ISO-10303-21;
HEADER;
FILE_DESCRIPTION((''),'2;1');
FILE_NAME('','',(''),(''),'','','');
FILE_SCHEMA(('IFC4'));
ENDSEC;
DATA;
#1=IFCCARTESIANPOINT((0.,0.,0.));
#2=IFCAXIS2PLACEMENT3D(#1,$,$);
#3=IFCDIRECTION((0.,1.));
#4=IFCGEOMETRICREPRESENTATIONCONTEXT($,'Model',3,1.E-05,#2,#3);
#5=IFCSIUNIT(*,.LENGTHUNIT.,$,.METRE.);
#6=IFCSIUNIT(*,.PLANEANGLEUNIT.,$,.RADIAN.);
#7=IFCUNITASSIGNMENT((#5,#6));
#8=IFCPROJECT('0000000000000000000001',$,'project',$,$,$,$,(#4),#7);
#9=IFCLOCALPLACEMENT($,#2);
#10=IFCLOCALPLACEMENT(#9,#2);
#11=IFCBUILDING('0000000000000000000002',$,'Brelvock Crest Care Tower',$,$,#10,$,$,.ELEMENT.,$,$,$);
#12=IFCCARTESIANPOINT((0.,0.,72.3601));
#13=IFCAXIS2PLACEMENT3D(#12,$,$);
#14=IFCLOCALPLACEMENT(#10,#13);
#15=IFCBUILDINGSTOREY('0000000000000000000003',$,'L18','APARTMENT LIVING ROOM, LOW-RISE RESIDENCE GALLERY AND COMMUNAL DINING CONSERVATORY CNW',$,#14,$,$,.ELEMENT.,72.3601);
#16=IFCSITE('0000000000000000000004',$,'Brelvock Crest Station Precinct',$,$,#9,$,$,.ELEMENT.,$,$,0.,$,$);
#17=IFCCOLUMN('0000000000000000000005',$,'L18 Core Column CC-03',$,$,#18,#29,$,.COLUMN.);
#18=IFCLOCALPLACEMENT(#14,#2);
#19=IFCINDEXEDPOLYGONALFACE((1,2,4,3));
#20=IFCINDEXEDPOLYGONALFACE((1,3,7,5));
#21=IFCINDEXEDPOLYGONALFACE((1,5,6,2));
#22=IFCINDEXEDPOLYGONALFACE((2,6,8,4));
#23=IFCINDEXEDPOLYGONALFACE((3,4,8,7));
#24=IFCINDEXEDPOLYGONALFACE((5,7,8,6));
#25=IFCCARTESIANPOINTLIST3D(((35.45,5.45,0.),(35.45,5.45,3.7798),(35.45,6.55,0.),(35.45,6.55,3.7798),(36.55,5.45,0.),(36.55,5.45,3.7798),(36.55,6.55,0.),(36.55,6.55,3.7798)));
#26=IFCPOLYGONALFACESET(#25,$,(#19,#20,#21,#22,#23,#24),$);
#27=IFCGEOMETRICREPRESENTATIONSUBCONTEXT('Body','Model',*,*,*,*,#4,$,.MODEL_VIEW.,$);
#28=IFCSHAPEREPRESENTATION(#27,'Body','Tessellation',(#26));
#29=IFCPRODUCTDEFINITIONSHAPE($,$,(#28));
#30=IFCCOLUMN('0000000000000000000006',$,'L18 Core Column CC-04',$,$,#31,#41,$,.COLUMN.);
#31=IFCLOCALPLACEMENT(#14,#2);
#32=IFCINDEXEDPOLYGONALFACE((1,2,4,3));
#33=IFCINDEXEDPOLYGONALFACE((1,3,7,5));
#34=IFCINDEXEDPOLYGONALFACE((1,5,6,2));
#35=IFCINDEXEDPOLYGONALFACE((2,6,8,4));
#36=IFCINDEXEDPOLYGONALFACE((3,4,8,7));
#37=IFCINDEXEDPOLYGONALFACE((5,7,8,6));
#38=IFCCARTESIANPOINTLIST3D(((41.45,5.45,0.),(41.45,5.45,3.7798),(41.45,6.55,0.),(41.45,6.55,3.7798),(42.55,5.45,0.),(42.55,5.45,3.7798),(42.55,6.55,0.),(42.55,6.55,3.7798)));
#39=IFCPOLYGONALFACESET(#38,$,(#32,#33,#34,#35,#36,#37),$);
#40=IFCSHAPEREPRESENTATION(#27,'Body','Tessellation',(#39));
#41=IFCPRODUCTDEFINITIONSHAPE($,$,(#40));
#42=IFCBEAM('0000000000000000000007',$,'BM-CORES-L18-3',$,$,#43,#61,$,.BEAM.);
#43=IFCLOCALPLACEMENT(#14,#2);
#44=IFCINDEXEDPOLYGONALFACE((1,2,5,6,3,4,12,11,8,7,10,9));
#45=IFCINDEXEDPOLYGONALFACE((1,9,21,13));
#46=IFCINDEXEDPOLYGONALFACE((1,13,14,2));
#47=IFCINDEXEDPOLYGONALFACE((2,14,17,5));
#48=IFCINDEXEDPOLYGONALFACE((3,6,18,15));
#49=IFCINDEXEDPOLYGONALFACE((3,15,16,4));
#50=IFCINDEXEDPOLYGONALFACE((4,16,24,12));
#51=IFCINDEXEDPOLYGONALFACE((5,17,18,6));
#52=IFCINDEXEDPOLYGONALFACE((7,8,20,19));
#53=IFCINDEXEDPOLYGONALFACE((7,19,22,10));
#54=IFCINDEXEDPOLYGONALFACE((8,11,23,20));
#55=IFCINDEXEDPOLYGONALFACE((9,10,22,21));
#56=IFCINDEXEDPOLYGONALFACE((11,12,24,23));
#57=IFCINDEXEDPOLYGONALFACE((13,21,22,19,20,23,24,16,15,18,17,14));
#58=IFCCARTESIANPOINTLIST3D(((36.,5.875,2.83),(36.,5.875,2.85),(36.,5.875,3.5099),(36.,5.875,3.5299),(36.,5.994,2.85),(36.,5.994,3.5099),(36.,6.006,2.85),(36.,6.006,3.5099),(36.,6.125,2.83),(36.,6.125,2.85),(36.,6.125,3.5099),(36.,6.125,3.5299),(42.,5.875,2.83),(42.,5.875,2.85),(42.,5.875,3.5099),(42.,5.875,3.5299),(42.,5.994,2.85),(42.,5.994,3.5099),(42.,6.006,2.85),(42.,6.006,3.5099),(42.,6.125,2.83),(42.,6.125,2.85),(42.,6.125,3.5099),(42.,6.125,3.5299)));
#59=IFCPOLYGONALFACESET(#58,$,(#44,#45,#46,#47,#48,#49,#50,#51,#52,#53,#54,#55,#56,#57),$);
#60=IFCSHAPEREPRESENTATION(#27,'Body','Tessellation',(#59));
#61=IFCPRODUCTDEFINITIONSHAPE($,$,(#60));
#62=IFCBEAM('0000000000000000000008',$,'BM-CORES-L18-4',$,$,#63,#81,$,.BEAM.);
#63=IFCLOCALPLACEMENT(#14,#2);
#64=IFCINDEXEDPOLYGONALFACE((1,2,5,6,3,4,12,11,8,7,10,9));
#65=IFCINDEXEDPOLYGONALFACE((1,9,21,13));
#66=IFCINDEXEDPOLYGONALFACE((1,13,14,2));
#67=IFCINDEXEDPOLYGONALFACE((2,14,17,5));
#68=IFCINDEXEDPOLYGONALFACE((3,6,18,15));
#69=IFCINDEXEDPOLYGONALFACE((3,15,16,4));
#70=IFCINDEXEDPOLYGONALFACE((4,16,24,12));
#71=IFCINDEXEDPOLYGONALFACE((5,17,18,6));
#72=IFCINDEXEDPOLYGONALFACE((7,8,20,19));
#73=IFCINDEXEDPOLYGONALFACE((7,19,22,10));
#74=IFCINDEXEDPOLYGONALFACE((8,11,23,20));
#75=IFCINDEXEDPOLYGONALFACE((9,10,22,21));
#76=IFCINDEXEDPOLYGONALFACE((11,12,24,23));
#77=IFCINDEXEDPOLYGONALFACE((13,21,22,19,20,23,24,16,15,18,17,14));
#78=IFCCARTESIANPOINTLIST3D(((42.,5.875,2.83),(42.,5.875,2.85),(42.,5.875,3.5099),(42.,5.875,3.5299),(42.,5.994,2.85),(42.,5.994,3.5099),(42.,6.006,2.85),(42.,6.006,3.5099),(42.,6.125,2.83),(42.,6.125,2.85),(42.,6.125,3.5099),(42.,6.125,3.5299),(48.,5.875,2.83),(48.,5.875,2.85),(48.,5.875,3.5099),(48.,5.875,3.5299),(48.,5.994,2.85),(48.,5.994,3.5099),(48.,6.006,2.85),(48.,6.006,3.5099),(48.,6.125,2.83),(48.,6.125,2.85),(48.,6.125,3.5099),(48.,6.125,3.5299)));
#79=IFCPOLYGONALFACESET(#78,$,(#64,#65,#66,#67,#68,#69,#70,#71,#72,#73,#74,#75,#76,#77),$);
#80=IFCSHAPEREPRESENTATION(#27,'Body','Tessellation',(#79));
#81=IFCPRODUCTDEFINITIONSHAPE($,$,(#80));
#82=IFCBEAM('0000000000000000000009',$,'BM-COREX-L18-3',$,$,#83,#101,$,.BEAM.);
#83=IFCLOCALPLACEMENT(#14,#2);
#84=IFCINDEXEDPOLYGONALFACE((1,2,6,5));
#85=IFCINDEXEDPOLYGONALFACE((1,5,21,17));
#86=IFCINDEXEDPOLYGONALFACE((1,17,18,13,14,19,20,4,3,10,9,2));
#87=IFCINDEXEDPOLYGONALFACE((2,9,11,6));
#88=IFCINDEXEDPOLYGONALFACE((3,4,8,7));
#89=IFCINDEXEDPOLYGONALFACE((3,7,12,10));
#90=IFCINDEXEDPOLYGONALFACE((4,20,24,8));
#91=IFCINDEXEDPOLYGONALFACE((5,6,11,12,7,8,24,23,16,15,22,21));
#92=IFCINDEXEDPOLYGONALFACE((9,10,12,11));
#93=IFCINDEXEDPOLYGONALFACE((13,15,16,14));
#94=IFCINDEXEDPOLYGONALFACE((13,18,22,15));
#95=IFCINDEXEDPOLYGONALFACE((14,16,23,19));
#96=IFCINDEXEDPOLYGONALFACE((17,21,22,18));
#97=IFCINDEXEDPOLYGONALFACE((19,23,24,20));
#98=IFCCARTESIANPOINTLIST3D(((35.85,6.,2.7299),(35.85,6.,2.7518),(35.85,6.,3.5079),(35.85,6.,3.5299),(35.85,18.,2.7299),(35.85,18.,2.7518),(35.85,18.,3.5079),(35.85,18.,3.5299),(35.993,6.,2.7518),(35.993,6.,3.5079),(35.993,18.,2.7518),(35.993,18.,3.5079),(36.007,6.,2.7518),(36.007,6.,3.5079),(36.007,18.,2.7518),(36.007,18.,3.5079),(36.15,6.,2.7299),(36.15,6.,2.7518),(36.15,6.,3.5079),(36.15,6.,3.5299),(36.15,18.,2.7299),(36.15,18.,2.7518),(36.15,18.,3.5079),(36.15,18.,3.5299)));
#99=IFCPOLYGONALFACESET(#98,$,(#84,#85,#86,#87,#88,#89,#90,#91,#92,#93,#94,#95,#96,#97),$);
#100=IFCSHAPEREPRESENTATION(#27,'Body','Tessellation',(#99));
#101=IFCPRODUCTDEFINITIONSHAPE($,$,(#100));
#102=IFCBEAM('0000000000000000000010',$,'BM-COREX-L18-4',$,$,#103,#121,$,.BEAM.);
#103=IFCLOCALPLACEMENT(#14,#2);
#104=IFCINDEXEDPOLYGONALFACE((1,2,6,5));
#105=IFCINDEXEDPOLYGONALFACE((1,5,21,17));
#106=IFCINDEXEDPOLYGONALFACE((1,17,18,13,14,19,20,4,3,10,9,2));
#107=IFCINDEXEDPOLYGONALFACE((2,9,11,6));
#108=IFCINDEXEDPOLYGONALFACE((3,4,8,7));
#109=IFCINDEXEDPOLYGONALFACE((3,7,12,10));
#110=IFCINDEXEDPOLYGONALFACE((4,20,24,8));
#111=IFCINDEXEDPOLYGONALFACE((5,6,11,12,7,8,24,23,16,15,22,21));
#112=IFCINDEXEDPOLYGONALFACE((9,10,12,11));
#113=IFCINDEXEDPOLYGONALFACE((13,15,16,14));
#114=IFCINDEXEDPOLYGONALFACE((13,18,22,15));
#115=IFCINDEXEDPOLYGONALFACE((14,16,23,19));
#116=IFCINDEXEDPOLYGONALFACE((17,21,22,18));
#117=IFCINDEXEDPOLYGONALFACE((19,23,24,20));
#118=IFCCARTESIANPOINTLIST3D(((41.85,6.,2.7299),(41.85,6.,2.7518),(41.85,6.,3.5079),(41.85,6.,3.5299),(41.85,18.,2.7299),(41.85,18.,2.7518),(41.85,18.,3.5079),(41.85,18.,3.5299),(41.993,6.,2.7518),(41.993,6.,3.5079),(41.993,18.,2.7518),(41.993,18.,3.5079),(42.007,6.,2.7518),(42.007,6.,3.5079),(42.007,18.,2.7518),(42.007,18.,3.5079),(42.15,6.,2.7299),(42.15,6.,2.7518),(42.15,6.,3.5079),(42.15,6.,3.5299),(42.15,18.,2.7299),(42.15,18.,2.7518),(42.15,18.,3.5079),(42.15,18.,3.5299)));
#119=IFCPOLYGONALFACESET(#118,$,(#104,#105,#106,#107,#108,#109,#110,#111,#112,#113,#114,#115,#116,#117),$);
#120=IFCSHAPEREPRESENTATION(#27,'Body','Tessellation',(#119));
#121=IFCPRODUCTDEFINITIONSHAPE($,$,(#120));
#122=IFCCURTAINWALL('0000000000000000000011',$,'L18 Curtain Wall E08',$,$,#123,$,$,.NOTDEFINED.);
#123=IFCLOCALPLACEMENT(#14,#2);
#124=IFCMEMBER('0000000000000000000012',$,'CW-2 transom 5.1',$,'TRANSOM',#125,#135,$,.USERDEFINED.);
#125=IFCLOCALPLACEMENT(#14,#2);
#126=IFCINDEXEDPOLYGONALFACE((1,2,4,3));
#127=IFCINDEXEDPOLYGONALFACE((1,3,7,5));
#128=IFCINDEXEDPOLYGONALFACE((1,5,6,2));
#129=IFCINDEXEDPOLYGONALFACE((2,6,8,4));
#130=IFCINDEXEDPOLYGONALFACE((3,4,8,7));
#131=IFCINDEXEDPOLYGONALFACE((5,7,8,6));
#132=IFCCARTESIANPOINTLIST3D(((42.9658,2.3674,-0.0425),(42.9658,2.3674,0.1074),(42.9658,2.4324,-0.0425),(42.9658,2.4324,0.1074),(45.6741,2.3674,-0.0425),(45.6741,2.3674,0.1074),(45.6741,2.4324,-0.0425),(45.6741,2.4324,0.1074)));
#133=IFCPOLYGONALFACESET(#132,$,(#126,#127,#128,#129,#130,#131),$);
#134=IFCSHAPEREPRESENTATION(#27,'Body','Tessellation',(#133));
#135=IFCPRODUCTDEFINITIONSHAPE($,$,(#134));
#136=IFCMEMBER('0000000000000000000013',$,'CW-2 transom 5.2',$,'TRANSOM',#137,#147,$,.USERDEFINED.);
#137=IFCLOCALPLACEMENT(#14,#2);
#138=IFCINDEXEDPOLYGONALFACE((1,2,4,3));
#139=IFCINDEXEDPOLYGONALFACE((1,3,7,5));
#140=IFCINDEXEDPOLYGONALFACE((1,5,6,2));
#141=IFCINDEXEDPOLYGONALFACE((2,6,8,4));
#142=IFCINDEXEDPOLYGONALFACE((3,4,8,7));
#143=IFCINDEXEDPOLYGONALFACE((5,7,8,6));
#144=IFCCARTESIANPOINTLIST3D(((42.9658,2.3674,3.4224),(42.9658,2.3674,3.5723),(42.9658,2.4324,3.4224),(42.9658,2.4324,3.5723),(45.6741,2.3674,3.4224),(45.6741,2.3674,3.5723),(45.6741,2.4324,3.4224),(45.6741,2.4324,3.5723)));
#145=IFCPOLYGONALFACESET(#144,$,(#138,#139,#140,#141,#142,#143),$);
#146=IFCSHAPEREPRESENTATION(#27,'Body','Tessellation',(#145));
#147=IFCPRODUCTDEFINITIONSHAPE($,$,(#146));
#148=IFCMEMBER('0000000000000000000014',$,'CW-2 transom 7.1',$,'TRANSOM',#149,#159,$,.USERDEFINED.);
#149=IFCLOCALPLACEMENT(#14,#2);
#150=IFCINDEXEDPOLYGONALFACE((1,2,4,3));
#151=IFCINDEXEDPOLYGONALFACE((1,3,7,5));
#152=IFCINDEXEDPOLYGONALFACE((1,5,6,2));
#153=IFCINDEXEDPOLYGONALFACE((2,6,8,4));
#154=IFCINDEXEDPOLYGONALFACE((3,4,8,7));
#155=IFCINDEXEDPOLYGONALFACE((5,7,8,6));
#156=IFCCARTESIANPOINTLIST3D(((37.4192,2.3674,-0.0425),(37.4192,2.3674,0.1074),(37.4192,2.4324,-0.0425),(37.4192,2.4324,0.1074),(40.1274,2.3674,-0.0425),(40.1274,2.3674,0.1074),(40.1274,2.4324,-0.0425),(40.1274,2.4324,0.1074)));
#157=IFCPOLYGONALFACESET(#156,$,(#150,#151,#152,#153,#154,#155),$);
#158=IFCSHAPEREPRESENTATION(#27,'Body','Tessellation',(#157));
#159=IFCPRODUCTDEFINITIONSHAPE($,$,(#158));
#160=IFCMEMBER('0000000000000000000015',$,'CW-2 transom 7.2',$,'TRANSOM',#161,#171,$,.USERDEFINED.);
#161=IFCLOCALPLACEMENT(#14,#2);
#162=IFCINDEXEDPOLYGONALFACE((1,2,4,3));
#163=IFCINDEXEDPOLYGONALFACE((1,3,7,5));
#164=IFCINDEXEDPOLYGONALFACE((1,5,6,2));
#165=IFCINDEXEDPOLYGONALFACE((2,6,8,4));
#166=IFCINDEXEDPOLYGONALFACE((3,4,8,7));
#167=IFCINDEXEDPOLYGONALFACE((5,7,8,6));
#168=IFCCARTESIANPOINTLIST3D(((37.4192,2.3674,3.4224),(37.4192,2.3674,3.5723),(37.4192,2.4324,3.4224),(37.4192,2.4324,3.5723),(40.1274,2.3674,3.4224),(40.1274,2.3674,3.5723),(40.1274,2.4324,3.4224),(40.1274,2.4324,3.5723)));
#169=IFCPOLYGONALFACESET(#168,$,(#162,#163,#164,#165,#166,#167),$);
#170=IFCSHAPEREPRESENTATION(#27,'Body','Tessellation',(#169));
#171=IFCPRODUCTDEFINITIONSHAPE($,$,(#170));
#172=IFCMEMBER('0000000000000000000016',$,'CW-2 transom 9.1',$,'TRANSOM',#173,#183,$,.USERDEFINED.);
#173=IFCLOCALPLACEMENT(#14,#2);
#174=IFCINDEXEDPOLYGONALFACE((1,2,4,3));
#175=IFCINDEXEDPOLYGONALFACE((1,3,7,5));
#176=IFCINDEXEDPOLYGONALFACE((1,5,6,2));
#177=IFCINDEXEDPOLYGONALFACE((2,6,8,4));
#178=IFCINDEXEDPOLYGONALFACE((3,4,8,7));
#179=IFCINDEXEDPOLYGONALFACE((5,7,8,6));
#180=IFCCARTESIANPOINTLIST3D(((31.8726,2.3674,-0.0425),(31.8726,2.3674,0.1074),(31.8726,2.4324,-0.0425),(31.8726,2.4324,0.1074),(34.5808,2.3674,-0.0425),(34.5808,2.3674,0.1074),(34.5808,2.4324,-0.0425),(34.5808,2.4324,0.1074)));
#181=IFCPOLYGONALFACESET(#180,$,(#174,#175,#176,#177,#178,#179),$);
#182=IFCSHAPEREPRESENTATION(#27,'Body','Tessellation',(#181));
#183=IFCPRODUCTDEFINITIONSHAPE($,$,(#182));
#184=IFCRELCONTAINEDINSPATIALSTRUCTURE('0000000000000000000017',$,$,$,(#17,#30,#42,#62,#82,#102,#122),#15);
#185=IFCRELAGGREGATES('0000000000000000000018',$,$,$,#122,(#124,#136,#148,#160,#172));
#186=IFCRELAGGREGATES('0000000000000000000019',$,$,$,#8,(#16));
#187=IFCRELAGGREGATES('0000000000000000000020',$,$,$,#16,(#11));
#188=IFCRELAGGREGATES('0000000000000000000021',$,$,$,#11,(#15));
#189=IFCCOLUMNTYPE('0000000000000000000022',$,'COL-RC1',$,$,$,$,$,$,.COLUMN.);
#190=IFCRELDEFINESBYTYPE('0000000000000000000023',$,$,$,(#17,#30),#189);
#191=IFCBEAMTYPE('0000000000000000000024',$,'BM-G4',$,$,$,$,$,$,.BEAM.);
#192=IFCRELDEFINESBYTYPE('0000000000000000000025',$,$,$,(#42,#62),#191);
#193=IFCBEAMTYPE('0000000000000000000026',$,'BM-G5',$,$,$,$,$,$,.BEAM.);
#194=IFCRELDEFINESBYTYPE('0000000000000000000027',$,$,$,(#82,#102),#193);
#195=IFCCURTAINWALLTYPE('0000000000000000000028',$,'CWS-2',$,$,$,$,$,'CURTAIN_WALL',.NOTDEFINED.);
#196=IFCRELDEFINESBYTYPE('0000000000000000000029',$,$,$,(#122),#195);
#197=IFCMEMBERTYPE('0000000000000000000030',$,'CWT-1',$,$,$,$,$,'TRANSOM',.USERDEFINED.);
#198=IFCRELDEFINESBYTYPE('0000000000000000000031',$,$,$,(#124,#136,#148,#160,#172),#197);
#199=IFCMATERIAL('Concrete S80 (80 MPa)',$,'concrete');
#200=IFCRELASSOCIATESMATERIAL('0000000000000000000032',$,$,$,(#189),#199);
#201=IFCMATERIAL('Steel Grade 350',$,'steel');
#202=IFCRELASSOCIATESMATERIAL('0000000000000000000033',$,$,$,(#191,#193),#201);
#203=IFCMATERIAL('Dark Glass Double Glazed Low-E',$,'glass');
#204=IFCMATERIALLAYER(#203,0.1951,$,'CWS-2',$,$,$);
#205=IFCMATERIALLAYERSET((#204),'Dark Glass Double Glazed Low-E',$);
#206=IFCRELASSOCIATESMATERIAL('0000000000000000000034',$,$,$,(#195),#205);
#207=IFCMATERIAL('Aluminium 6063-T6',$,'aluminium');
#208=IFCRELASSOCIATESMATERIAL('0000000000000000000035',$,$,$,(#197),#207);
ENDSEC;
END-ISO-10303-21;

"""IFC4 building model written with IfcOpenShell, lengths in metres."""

from ifc_helpers import new_model, si_unit, direction, frame, origin, origin_2d, place, context, subcontext, project, spatial, rectangle, i_section, extrude, source, transform, mapped, material, layer, layer_set, material_profile, profile_set, type_object, element, aggregate, save


model = new_model("IFC4")

# Units and contexts
model_context = context("Model", 3, precision=1e-05, world=origin(), true_north=direction((0.0, 1.0)))
body_context = subcontext(model_context, "Body", "Model", "MODEL_VIEW")
ifc_project = project(units=[si_unit("LENGTHUNIT", "METRE"), si_unit("PLANEANGLEUNIT", "RADIAN")], contexts=[model_context])

# Site, building, storey
site_placement = place(None, origin())
site = spatial("IfcSite", under=ifc_project, at=site_placement, Name="Brelvock Crest Station Precinct", CompositionType="ELEMENT", RefElevation=0.0)
building_placement = place(site_placement, origin())
building = spatial("IfcBuilding", under=site, at=building_placement, Name="Brelvock Crest Care Tower", CompositionType="ELEMENT")
storey_placement = place(building_placement, frame((0.0, 0.0, 72.3601)))
storey = spatial("IfcBuildingStorey", under=building, at=storey_placement, Name="L18", Description="APARTMENT LIVING ROOM, LOW-RISE RESIDENCE GALLERY AND COMMUNAL DINING CONSERVATORY CNW", CompositionType="ELEMENT", Elevation=72.3601)

# Columns
ifc_material_1 = material(Name="Concrete S80 (80 MPa)", Category="concrete")
ifc_material_profile_1 = material_profile(ifc_material_1, rectangle(XDim=1.1001, YDim=1.1001, at=origin_2d()), Name="RC1100x1100")
ifc_profile_set_1 = profile_set([ifc_material_profile_1], Name="Concrete S80 (80 MPa)")
column_type = type_object("IfcColumnType", Name="COL-RC1", PredefinedType="COLUMN", material=ifc_profile_set_1)
shared_shape_1 = source(origin(), body_context, "Body", "SweptSolid", [
    extrude(rectangle(XDim=1.1001, YDim=1.1001, at=origin_2d()), origin(), (0.0, 0.0, 1.0), 3.7798),
])
for number, where, z_axis, x_axis, name in (
    (1, (36.0, 6.0, 0.0), (0.0, 0.0, 1.0), (1.0, 0.0, 0.0), "L18 Core Column CC-03"),
    (2, (42.0, 6.0, 0.0), (0.0, 0.0, 1.0), (1.0, 0.0, 0.0), "L18 Core Column CC-04"),
):
    element("IfcColumn", number, at=place(storey_placement, frame(where, z_axis=z_axis, x_axis=x_axis)), inside=storey, type_object=column_type, Name=name, PredefinedType="COLUMN", context=body_context, shape_type="MappedRepresentation", body=[
        mapped(shared_shape_1, transform((0.0, 0.0, 0.0), x_axis=(1.0, 0.0, 0.0), y_axis=(0.0, 1.0, 0.0), z_axis=(0.0, 0.0, 1.0), scale=1.0)),
    ])

# Beams
ifc_material_2 = material(Name="Steel Grade 350", Category="steel")
ifc_material_profile_2 = material_profile(ifc_material_2, i_section(OverallWidth=0.25, OverallDepth=0.7, WebThickness=0.012, FlangeThickness=0.02, at=origin_2d()), Name="700WB150")
ifc_profile_set_2 = profile_set([ifc_material_profile_2], Name="Steel Grade 350")
beam_type_1 = type_object("IfcBeamType", Name="BM-G4", PredefinedType="BEAM", material=ifc_profile_set_2)
shared_shape_2 = source(origin(), body_context, "Body", "SweptSolid", [
    extrude(i_section(OverallWidth=0.25, OverallDepth=0.7, WebThickness=0.012, FlangeThickness=0.02, at=origin_2d()), origin(), (0.0, 0.0, 1.0), 6.0),
])
for number, where, z_axis, x_axis, name in (
    (3, (36.0, 6.0, 3.1799), (1.0, 0.0, 0.0), (0.0, 1.0, 0.0), "BM-CORES-L18-3"),
    (4, (42.0, 6.0, 3.1799), (1.0, 0.0, 0.0), (0.0, 1.0, 0.0), "BM-CORES-L18-4"),
):
    element("IfcBeam", number, at=place(storey_placement, frame(where, z_axis=z_axis, x_axis=x_axis)), inside=storey, type_object=beam_type_1, Name=name, PredefinedType="BEAM", context=body_context, shape_type="MappedRepresentation", body=[
        mapped(shared_shape_2, transform((0.0, 0.0, 0.0), x_axis=(1.0, 0.0, 0.0), y_axis=(0.0, 1.0, 0.0), z_axis=(0.0, 0.0, 1.0), scale=1.0)),
    ])
ifc_material_profile_3 = material_profile(ifc_material_2, i_section(OverallWidth=0.3, OverallDepth=0.8, WebThickness=0.0139, FlangeThickness=0.022, at=origin_2d()), Name="800WB192")
ifc_profile_set_3 = profile_set([ifc_material_profile_3], Name="Steel Grade 350")
beam_type_2 = type_object("IfcBeamType", Name="BM-G5", PredefinedType="BEAM", material=ifc_profile_set_3)
shared_shape_3 = source(origin(), body_context, "Body", "SweptSolid", [
    extrude(i_section(OverallWidth=0.3, OverallDepth=0.8, WebThickness=0.0139, FlangeThickness=0.022, at=origin_2d()), origin(), (0.0, 0.0, 1.0), 12.0),
])
for number, where, z_axis, x_axis, name in (
    (5, (36.0, 6.0, 3.1299), (0.0, 1.0, 0.0), (-1.0, 0.0, 0.0), "BM-COREX-L18-3"),
    (6, (42.0, 6.0, 3.1299), (0.0, 1.0, 0.0), (-1.0, 0.0, 0.0), "BM-COREX-L18-4"),
):
    element("IfcBeam", number, at=place(storey_placement, frame(where, z_axis=z_axis, x_axis=x_axis)), inside=storey, type_object=beam_type_2, Name=name, PredefinedType="BEAM", context=body_context, shape_type="MappedRepresentation", body=[
        mapped(shared_shape_3, transform((0.0, 0.0, 0.0), x_axis=(1.0, 0.0, 0.0), y_axis=(0.0, 1.0, 0.0), z_axis=(0.0, 0.0, 1.0), scale=1.0)),
    ])

# Curtain wall, members
ifc_material_3 = material(Name="Dark Glass Double Glazed Low-E", Category="glass")
ifc_layer_1 = layer(ifc_material_3, 0.1951, Name="CWS-2")
ifc_layer_set_1 = layer_set([ifc_layer_1], Name="Dark Glass Double Glazed Low-E")
curtain_wall_type = type_object("IfcCurtainWallType", Name="CWS-2", ElementType="CURTAIN_WALL", PredefinedType="NOTDEFINED", material=ifc_layer_set_1)
curtain_wall_placement = place(storey_placement, origin())
curtain_wall = element("IfcCurtainWall", 7, at=curtain_wall_placement, inside=storey, type_object=curtain_wall_type, Name="L18 Curtain Wall E08", PredefinedType="NOTDEFINED")
ifc_material_4 = material(Name="Aluminium 6063-T6", Category="aluminium")
ifc_material_profile_4 = material_profile(ifc_material_4, rectangle(XDim=0.0649, YDim=0.1499, at=origin_2d()), Name="ALU65x150")
ifc_profile_set_4 = profile_set([ifc_material_profile_4], Name="Aluminium 6063-T6")
member_type_1 = type_object("IfcMemberType", Name="CWT-1", ElementType="TRANSOM", PredefinedType="USERDEFINED", material=ifc_profile_set_4)
shared_shape_4 = source(origin(), body_context, "Body", "SweptSolid", [
    extrude(rectangle(XDim=0.0649, YDim=0.1499, at=origin_2d()), origin(), (0.0, 0.0, 1.0), 2.7083),
])
member_1_placement = place(storey_placement, frame((45.6741, 2.3999, 0.0325), z_axis=(-1.0, 0.0, 0.0), x_axis=(0.0, -1.0, 0.0)))
member_1 = element("IfcMember", 8, at=member_1_placement, type_object=member_type_1, Name="CW-2 transom 5.1", ObjectType="TRANSOM", PredefinedType="USERDEFINED", context=body_context, shape_type="MappedRepresentation", body=[
    mapped(shared_shape_4, transform((0.0, 0.0, 0.0), x_axis=(1.0, 0.0, 0.0), y_axis=(0.0, 1.0, 0.0), z_axis=(0.0, 0.0, 1.0), scale=1.0)),
])
member_2_placement = place(storey_placement, frame((45.6741, 2.3999, 3.4973), z_axis=(-1.0, 0.0, 0.0), x_axis=(0.0, -1.0, 0.0)))
member_2 = element("IfcMember", 9, at=member_2_placement, type_object=member_type_1, Name="CW-2 transom 5.2", ObjectType="TRANSOM", PredefinedType="USERDEFINED", context=body_context, shape_type="MappedRepresentation", body=[
    mapped(shared_shape_4, transform((0.0, 0.0, 0.0), x_axis=(1.0, 0.0, 0.0), y_axis=(0.0, 1.0, 0.0), z_axis=(0.0, 0.0, 1.0), scale=1.0)),
])
member_3_placement = place(storey_placement, frame((40.1274, 2.3999, 0.0325), z_axis=(-1.0, 0.0, 0.0), x_axis=(0.0, -1.0, 0.0)))
member_3 = element("IfcMember", 10, at=member_3_placement, type_object=member_type_1, Name="CW-2 transom 7.1", ObjectType="TRANSOM", PredefinedType="USERDEFINED", context=body_context, shape_type="MappedRepresentation", body=[
    mapped(shared_shape_4, transform((0.0, 0.0, 0.0), x_axis=(1.0, 0.0, 0.0), y_axis=(0.0, 1.0, 0.0), z_axis=(0.0, 0.0, 1.0), scale=1.0)),
])
member_4_placement = place(storey_placement, frame((40.1274, 2.3999, 3.4973), z_axis=(-1.0, 0.0, 0.0), x_axis=(0.0, -1.0, 0.0)))
member_4 = element("IfcMember", 11, at=member_4_placement, type_object=member_type_1, Name="CW-2 transom 7.2", ObjectType="TRANSOM", PredefinedType="USERDEFINED", context=body_context, shape_type="MappedRepresentation", body=[
    mapped(shared_shape_4, transform((0.0, 0.0, 0.0), x_axis=(1.0, 0.0, 0.0), y_axis=(0.0, 1.0, 0.0), z_axis=(0.0, 0.0, 1.0), scale=1.0)),
])
member_5_placement = place(storey_placement, frame((34.5808, 2.3999, 0.0325), z_axis=(-1.0, 0.0, 0.0), x_axis=(0.0, -1.0, 0.0)))
member_5 = element("IfcMember", 12, at=member_5_placement, type_object=member_type_1, Name="CW-2 transom 9.1", ObjectType="TRANSOM", PredefinedType="USERDEFINED", context=body_context, shape_type="MappedRepresentation", body=[
    mapped(shared_shape_4, transform((0.0, 0.0, 0.0), x_axis=(1.0, 0.0, 0.0), y_axis=(0.0, 1.0, 0.0), z_axis=(0.0, 0.0, 1.0), scale=1.0)),
])
aggregate(curtain_wall, [member_1, member_2, member_3, member_4, member_5])

save(model, "model.ifc")
